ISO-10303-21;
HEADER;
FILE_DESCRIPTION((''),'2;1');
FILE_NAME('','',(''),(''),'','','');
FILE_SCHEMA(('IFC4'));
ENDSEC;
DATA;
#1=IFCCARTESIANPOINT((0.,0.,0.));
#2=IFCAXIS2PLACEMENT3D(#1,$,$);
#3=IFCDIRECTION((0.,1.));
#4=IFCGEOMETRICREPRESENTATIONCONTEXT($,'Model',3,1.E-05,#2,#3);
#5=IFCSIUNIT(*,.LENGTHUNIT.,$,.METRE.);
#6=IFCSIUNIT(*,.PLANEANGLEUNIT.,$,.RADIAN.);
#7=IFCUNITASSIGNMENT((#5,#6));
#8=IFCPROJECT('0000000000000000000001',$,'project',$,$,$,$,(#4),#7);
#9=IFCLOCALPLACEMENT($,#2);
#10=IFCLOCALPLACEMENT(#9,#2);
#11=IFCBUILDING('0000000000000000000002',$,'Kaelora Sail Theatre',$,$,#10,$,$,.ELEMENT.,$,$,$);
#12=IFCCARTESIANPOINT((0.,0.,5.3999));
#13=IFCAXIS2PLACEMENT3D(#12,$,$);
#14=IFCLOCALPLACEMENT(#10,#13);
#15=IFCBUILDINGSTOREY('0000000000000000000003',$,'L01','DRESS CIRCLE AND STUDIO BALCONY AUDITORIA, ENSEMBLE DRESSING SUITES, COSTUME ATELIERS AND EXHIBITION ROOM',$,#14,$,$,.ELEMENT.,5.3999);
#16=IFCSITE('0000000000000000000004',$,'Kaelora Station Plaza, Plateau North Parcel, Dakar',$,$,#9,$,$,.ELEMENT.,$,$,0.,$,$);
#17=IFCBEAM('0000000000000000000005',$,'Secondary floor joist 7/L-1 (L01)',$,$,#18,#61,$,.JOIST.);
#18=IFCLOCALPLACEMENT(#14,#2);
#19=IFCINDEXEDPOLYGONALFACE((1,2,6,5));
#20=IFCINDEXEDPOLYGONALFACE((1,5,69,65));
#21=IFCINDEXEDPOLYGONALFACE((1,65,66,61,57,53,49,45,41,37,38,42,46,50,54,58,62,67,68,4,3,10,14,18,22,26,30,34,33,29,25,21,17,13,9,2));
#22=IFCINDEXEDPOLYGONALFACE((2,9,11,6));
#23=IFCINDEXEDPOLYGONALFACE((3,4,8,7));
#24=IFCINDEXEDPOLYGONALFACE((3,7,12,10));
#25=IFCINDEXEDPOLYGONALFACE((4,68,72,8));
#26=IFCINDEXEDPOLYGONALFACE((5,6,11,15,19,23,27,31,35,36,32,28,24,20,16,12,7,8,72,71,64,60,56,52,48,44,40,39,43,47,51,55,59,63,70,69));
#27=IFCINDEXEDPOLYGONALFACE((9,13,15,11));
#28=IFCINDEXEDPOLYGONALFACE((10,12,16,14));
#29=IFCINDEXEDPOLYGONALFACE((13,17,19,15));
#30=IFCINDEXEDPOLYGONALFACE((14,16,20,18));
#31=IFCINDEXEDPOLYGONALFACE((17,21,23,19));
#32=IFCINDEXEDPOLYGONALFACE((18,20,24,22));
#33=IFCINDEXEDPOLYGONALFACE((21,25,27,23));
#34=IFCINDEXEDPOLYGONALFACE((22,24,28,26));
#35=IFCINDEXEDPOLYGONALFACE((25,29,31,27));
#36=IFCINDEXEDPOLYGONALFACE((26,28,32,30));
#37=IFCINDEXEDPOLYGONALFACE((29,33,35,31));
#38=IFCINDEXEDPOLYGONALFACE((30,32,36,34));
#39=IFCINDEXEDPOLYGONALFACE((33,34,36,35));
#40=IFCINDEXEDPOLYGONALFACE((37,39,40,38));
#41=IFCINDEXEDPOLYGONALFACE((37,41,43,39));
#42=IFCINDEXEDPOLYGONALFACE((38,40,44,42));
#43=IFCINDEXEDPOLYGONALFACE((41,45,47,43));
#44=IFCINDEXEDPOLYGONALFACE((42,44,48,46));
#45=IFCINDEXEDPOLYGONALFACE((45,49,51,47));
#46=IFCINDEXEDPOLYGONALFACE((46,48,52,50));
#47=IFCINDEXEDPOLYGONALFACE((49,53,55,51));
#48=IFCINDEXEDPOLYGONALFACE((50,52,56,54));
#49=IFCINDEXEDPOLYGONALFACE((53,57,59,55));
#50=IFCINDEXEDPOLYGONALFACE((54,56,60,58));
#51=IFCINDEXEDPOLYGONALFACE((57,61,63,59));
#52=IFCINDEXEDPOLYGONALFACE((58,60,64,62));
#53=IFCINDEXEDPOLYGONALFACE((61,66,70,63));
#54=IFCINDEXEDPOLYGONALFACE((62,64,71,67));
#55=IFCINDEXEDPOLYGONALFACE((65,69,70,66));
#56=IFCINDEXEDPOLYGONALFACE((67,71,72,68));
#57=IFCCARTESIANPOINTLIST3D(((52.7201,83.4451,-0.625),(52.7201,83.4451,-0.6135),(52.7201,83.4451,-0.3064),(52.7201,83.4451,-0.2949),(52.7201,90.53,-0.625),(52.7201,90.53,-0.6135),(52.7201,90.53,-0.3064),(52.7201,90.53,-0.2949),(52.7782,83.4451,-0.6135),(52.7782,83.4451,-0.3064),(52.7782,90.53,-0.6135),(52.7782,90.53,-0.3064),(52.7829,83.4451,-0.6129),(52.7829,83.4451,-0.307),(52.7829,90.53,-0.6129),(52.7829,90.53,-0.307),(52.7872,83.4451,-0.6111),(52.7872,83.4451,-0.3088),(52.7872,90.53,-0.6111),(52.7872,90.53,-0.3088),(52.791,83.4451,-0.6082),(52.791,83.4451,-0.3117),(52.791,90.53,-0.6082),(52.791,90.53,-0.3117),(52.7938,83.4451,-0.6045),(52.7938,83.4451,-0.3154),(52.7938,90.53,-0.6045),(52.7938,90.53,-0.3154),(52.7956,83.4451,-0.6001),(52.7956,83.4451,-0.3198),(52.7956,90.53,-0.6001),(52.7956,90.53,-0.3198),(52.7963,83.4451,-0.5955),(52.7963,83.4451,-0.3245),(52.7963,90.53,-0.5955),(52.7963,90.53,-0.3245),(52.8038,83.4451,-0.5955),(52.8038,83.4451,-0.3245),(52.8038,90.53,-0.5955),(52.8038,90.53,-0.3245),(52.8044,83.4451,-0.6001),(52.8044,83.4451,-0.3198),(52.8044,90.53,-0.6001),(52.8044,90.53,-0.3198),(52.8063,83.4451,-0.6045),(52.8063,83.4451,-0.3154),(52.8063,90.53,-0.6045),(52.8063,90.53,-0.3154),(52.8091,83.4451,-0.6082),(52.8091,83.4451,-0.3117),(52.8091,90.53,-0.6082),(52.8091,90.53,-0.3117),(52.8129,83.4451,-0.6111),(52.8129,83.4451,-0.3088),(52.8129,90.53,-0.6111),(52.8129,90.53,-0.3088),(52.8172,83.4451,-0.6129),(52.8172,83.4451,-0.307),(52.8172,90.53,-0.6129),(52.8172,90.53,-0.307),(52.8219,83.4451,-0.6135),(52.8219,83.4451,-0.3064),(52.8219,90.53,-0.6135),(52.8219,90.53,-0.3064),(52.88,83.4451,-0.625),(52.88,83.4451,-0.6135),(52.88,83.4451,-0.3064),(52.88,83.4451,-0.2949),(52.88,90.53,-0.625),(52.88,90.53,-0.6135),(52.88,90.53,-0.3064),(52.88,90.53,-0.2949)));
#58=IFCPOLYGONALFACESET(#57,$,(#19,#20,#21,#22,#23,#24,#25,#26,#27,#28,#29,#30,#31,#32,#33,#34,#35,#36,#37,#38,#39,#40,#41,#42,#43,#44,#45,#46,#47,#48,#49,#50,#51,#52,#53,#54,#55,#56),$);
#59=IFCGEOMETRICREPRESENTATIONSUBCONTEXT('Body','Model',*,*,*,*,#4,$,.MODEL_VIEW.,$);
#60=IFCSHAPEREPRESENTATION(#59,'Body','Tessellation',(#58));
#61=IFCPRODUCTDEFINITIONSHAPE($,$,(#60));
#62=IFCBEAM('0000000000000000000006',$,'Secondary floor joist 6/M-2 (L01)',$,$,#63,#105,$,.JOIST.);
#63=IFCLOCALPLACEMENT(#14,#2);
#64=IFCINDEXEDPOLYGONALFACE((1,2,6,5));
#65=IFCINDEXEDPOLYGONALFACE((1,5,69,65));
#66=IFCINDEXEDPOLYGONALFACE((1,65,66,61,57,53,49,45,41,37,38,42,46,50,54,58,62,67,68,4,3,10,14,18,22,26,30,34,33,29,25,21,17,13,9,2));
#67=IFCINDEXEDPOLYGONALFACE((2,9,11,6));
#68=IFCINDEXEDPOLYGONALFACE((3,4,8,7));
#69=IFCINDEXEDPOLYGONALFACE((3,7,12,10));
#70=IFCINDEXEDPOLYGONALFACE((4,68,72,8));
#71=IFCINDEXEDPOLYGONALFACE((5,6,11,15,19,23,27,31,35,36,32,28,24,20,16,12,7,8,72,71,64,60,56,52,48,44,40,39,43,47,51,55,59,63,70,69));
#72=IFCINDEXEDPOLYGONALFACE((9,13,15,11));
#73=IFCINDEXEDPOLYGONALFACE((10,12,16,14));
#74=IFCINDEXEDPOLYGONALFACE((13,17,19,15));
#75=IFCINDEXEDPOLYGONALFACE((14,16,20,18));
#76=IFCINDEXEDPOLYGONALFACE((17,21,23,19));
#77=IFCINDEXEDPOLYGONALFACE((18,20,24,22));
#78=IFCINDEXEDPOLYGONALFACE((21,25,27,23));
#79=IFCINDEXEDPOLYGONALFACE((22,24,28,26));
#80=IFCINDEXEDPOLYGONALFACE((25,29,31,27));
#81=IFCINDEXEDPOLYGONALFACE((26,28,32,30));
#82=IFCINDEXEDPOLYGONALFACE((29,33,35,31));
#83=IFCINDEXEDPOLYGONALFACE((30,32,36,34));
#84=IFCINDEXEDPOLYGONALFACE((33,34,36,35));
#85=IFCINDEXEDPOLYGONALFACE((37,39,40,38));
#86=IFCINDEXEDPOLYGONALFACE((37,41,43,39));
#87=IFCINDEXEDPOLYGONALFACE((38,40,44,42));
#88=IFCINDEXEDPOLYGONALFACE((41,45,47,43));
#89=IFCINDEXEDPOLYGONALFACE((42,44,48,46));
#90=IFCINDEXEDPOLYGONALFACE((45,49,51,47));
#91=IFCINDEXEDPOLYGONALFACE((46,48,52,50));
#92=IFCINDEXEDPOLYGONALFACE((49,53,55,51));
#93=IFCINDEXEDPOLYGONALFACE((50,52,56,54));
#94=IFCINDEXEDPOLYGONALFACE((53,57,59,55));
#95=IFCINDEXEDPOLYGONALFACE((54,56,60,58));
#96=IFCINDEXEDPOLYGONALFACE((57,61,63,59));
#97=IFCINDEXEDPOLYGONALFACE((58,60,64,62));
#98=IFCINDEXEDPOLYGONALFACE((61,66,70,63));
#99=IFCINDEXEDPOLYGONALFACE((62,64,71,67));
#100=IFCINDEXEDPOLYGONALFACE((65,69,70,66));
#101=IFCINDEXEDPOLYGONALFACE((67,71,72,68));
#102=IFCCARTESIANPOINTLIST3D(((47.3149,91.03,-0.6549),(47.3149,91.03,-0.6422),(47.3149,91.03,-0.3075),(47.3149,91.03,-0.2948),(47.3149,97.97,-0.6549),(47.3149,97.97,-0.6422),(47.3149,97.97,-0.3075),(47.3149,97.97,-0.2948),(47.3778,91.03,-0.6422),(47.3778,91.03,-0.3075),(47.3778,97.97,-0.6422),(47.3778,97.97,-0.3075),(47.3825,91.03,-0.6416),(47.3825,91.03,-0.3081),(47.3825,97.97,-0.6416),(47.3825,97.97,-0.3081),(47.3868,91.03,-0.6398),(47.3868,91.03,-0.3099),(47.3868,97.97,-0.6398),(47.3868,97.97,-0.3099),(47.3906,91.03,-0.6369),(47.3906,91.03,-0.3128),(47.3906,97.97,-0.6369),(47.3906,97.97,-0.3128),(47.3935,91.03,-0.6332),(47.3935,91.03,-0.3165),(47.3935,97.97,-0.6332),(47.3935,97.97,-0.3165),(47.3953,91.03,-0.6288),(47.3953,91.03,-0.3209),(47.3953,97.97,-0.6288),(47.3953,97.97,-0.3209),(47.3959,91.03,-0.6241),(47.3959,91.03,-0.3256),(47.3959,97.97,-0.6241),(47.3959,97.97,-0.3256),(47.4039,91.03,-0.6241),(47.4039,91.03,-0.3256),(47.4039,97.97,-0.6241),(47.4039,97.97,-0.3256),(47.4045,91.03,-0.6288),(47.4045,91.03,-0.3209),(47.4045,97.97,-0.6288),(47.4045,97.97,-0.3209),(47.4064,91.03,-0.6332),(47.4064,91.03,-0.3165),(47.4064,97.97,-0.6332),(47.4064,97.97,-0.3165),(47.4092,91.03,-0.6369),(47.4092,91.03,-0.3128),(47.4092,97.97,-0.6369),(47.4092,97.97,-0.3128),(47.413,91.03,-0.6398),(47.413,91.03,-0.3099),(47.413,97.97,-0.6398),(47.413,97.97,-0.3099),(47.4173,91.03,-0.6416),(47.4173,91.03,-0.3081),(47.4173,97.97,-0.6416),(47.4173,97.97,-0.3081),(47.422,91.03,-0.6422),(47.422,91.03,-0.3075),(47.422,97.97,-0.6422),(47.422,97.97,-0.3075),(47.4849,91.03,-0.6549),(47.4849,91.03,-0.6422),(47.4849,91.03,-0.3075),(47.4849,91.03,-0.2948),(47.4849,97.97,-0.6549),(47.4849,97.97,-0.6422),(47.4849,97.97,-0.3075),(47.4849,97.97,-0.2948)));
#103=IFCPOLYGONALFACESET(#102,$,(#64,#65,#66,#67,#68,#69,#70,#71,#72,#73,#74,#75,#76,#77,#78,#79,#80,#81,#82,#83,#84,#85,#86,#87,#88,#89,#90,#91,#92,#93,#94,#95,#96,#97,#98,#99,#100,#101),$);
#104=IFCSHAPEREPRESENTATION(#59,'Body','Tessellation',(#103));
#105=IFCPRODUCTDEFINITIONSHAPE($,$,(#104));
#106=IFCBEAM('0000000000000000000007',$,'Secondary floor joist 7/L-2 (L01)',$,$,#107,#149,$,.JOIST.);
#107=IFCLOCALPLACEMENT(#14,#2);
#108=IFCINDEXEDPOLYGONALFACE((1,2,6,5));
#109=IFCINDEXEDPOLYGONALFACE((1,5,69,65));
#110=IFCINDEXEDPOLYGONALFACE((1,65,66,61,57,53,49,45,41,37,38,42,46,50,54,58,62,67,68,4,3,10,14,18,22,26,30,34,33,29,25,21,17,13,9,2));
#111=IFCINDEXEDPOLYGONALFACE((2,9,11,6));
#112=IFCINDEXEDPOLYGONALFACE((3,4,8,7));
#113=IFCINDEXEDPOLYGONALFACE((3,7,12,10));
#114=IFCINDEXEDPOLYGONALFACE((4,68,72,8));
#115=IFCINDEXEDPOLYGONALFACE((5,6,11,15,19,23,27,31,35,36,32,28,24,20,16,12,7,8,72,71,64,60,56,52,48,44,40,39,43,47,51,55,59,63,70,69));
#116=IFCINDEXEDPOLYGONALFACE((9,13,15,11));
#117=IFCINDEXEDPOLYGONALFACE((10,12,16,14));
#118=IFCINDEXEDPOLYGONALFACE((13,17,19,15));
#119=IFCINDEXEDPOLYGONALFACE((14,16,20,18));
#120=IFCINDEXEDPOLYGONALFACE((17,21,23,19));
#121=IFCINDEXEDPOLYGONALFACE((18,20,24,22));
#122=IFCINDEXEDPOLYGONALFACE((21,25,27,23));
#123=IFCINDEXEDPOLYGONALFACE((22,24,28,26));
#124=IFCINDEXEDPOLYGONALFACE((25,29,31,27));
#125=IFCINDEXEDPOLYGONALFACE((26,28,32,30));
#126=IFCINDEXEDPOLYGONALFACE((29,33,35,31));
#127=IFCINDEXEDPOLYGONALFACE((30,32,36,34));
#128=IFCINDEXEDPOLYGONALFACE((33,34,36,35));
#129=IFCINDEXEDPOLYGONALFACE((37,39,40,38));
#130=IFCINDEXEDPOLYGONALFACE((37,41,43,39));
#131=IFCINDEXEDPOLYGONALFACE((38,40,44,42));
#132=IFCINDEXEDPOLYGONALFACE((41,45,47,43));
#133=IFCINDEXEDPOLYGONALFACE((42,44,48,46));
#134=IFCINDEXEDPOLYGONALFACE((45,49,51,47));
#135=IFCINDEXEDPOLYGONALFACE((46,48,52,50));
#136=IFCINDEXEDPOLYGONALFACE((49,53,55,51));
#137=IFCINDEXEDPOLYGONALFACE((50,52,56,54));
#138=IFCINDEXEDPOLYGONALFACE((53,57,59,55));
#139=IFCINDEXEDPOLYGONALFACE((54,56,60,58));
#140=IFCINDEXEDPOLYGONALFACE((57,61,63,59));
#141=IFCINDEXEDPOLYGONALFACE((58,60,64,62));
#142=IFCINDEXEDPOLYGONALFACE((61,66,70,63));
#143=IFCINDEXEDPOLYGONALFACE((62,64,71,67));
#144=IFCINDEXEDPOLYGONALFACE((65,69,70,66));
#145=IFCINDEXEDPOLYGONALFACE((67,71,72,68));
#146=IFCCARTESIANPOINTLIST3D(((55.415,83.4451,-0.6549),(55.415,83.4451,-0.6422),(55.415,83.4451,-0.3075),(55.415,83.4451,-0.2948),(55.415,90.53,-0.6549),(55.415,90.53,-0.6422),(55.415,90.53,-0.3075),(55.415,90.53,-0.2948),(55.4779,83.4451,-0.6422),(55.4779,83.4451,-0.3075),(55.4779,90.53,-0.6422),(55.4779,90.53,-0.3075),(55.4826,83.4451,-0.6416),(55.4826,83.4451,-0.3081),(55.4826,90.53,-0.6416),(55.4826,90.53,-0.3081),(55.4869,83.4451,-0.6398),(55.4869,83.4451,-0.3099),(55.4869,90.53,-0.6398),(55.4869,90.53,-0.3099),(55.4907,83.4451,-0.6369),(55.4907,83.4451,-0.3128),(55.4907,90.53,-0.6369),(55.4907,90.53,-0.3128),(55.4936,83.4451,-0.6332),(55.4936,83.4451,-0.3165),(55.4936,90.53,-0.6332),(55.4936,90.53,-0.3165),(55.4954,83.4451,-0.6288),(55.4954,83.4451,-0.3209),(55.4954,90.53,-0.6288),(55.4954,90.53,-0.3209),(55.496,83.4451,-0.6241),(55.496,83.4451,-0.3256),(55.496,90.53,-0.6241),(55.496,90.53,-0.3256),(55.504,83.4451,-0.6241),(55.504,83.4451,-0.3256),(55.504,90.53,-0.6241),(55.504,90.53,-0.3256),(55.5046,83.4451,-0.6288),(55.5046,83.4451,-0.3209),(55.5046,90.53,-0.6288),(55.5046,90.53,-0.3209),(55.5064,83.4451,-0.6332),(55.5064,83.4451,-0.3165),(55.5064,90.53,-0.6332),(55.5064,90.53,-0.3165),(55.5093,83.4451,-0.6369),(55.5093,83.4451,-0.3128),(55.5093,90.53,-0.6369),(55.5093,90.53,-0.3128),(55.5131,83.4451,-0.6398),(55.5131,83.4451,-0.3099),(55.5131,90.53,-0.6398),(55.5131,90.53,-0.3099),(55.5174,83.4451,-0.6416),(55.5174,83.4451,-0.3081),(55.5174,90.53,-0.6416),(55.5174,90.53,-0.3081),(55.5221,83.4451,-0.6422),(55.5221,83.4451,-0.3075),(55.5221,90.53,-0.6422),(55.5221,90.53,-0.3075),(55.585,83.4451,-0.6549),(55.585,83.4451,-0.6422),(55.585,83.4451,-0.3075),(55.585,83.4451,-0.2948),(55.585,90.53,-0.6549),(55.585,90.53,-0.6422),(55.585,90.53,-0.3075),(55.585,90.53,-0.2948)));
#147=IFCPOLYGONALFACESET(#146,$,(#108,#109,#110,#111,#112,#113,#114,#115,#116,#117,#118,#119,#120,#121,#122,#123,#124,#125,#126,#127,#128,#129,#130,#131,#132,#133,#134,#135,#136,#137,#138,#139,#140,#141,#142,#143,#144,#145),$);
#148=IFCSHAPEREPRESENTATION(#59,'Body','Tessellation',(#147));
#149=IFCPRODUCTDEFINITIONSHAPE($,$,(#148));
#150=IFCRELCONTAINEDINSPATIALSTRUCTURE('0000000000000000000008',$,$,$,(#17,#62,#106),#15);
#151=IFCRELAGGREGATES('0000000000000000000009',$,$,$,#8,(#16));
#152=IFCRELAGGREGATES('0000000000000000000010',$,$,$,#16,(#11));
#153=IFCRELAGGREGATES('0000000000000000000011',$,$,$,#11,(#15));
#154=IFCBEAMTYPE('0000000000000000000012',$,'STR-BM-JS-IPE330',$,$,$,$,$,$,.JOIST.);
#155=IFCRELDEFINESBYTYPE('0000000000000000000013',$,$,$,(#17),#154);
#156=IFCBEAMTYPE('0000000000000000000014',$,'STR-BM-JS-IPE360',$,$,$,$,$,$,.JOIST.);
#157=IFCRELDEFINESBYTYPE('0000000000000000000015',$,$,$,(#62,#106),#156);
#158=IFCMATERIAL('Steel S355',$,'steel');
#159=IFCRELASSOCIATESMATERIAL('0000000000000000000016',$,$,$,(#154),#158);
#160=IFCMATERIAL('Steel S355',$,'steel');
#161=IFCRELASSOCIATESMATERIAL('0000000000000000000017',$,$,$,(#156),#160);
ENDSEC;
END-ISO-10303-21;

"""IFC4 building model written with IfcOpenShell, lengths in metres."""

from ifc_helpers import new_model, si_unit, direction, frame, origin, origin_2d, place, context, subcontext, project, spatial, i_section, extrude, material, material_profile, profile_set, type_object, element, save


model = new_model("IFC4")

# Units and contexts
model_context = context("Model", 3, precision=1e-05, world=origin(), true_north=direction((0.0, 1.0)))
body_context = subcontext(model_context, "Body", "Model", "MODEL_VIEW")
ifc_project = project(units=[si_unit("LENGTHUNIT", "METRE"), si_unit("PLANEANGLEUNIT", "RADIAN")], contexts=[model_context])

# Site, building, storey
site_placement = place(None, origin())
site = spatial("IfcSite", under=ifc_project, at=site_placement, Name="Kaelora Station Plaza, Plateau North Parcel, Dakar", CompositionType="ELEMENT", RefElevation=0.0)
building_placement = place(site_placement, origin())
building = spatial("IfcBuilding", under=site, at=building_placement, Name="Kaelora Sail Theatre", CompositionType="ELEMENT")
storey_placement = place(building_placement, frame((0.0, 0.0, 5.3999)))
storey = spatial("IfcBuildingStorey", under=building, at=storey_placement, Name="L01", Description="DRESS CIRCLE AND STUDIO BALCONY AUDITORIA, ENSEMBLE DRESSING SUITES, COSTUME ATELIERS AND EXHIBITION ROOM", CompositionType="ELEMENT", Elevation=5.3999)

# Beams
ifc_material_1 = material(Name="Steel S355", Category="steel")
ifc_material_profile_1 = material_profile(ifc_material_1, i_section(OverallWidth=0.1599, OverallDepth=0.3301, WebThickness=0.0076, FlangeThickness=0.0115, FilletRadius=0.0181, at=origin_2d()), Name="IPE 330")
ifc_profile_set_1 = profile_set([ifc_material_profile_1], Name="Steel S355")
beam_type_1 = type_object("IfcBeamType", Name="STR-BM-JS-IPE330", PredefinedType="JOIST", material=ifc_profile_set_1)
beam_1_placement = place(storey_placement, frame((52.8, 83.4451, -0.46), z_axis=(0.0, 1.0, 0.0), x_axis=(-1.0, 0.0, 0.0)))
element("IfcBeam", 1, at=beam_1_placement, inside=storey, type_object=beam_type_1, Name="Secondary floor joist 7/L-1 (L01)", PredefinedType="JOIST", context=body_context, shape_type="SweptSolid", body=[
    extrude(i_section(OverallWidth=0.1599, OverallDepth=0.3301, WebThickness=0.0076, FlangeThickness=0.0115, FilletRadius=0.0181, at=origin_2d()), origin(), (0.0, 0.0, 1.0), 7.085),
])
ifc_material_2 = material(Name="Steel S355", Category="steel")
ifc_material_profile_2 = material_profile(ifc_material_2, i_section(OverallWidth=0.1699, OverallDepth=0.3601, WebThickness=0.0081, FlangeThickness=0.0127, FilletRadius=0.0181, at=origin_2d()), Name="IPE 360")
ifc_profile_set_2 = profile_set([ifc_material_profile_2], Name="Steel S355")
beam_type_2 = type_object("IfcBeamType", Name="STR-BM-JS-IPE360", PredefinedType="JOIST", material=ifc_profile_set_2)
beam_2_placement = place(storey_placement, frame((47.3999, 91.03, -0.4749), z_axis=(0.0, 1.0, 0.0), x_axis=(-1.0, 0.0, 0.0)))
element("IfcBeam", 2, at=beam_2_placement, inside=storey, type_object=beam_type_2, Name="Secondary floor joist 6/M-2 (L01)", PredefinedType="JOIST", context=body_context, shape_type="SweptSolid", body=[
    extrude(i_section(OverallWidth=0.1699, OverallDepth=0.3601, WebThickness=0.0081, FlangeThickness=0.0127, FilletRadius=0.0181, at=origin_2d()), origin(), (0.0, 0.0, 1.0), 6.9399),
])
beam_3_placement = place(storey_placement, frame((55.5, 83.4451, -0.4749), z_axis=(0.0, 1.0, 0.0), x_axis=(-1.0, 0.0, 0.0)))
element("IfcBeam", 3, at=beam_3_placement, inside=storey, type_object=beam_type_2, Name="Secondary floor joist 7/L-2 (L01)", PredefinedType="JOIST", context=body_context, shape_type="SweptSolid", body=[
    extrude(i_section(OverallWidth=0.1699, OverallDepth=0.3601, WebThickness=0.0081, FlangeThickness=0.0127, FilletRadius=0.0181, at=origin_2d()), origin(), (0.0, 0.0, 1.0), 7.085),
])

save(model, "model.ifc")
